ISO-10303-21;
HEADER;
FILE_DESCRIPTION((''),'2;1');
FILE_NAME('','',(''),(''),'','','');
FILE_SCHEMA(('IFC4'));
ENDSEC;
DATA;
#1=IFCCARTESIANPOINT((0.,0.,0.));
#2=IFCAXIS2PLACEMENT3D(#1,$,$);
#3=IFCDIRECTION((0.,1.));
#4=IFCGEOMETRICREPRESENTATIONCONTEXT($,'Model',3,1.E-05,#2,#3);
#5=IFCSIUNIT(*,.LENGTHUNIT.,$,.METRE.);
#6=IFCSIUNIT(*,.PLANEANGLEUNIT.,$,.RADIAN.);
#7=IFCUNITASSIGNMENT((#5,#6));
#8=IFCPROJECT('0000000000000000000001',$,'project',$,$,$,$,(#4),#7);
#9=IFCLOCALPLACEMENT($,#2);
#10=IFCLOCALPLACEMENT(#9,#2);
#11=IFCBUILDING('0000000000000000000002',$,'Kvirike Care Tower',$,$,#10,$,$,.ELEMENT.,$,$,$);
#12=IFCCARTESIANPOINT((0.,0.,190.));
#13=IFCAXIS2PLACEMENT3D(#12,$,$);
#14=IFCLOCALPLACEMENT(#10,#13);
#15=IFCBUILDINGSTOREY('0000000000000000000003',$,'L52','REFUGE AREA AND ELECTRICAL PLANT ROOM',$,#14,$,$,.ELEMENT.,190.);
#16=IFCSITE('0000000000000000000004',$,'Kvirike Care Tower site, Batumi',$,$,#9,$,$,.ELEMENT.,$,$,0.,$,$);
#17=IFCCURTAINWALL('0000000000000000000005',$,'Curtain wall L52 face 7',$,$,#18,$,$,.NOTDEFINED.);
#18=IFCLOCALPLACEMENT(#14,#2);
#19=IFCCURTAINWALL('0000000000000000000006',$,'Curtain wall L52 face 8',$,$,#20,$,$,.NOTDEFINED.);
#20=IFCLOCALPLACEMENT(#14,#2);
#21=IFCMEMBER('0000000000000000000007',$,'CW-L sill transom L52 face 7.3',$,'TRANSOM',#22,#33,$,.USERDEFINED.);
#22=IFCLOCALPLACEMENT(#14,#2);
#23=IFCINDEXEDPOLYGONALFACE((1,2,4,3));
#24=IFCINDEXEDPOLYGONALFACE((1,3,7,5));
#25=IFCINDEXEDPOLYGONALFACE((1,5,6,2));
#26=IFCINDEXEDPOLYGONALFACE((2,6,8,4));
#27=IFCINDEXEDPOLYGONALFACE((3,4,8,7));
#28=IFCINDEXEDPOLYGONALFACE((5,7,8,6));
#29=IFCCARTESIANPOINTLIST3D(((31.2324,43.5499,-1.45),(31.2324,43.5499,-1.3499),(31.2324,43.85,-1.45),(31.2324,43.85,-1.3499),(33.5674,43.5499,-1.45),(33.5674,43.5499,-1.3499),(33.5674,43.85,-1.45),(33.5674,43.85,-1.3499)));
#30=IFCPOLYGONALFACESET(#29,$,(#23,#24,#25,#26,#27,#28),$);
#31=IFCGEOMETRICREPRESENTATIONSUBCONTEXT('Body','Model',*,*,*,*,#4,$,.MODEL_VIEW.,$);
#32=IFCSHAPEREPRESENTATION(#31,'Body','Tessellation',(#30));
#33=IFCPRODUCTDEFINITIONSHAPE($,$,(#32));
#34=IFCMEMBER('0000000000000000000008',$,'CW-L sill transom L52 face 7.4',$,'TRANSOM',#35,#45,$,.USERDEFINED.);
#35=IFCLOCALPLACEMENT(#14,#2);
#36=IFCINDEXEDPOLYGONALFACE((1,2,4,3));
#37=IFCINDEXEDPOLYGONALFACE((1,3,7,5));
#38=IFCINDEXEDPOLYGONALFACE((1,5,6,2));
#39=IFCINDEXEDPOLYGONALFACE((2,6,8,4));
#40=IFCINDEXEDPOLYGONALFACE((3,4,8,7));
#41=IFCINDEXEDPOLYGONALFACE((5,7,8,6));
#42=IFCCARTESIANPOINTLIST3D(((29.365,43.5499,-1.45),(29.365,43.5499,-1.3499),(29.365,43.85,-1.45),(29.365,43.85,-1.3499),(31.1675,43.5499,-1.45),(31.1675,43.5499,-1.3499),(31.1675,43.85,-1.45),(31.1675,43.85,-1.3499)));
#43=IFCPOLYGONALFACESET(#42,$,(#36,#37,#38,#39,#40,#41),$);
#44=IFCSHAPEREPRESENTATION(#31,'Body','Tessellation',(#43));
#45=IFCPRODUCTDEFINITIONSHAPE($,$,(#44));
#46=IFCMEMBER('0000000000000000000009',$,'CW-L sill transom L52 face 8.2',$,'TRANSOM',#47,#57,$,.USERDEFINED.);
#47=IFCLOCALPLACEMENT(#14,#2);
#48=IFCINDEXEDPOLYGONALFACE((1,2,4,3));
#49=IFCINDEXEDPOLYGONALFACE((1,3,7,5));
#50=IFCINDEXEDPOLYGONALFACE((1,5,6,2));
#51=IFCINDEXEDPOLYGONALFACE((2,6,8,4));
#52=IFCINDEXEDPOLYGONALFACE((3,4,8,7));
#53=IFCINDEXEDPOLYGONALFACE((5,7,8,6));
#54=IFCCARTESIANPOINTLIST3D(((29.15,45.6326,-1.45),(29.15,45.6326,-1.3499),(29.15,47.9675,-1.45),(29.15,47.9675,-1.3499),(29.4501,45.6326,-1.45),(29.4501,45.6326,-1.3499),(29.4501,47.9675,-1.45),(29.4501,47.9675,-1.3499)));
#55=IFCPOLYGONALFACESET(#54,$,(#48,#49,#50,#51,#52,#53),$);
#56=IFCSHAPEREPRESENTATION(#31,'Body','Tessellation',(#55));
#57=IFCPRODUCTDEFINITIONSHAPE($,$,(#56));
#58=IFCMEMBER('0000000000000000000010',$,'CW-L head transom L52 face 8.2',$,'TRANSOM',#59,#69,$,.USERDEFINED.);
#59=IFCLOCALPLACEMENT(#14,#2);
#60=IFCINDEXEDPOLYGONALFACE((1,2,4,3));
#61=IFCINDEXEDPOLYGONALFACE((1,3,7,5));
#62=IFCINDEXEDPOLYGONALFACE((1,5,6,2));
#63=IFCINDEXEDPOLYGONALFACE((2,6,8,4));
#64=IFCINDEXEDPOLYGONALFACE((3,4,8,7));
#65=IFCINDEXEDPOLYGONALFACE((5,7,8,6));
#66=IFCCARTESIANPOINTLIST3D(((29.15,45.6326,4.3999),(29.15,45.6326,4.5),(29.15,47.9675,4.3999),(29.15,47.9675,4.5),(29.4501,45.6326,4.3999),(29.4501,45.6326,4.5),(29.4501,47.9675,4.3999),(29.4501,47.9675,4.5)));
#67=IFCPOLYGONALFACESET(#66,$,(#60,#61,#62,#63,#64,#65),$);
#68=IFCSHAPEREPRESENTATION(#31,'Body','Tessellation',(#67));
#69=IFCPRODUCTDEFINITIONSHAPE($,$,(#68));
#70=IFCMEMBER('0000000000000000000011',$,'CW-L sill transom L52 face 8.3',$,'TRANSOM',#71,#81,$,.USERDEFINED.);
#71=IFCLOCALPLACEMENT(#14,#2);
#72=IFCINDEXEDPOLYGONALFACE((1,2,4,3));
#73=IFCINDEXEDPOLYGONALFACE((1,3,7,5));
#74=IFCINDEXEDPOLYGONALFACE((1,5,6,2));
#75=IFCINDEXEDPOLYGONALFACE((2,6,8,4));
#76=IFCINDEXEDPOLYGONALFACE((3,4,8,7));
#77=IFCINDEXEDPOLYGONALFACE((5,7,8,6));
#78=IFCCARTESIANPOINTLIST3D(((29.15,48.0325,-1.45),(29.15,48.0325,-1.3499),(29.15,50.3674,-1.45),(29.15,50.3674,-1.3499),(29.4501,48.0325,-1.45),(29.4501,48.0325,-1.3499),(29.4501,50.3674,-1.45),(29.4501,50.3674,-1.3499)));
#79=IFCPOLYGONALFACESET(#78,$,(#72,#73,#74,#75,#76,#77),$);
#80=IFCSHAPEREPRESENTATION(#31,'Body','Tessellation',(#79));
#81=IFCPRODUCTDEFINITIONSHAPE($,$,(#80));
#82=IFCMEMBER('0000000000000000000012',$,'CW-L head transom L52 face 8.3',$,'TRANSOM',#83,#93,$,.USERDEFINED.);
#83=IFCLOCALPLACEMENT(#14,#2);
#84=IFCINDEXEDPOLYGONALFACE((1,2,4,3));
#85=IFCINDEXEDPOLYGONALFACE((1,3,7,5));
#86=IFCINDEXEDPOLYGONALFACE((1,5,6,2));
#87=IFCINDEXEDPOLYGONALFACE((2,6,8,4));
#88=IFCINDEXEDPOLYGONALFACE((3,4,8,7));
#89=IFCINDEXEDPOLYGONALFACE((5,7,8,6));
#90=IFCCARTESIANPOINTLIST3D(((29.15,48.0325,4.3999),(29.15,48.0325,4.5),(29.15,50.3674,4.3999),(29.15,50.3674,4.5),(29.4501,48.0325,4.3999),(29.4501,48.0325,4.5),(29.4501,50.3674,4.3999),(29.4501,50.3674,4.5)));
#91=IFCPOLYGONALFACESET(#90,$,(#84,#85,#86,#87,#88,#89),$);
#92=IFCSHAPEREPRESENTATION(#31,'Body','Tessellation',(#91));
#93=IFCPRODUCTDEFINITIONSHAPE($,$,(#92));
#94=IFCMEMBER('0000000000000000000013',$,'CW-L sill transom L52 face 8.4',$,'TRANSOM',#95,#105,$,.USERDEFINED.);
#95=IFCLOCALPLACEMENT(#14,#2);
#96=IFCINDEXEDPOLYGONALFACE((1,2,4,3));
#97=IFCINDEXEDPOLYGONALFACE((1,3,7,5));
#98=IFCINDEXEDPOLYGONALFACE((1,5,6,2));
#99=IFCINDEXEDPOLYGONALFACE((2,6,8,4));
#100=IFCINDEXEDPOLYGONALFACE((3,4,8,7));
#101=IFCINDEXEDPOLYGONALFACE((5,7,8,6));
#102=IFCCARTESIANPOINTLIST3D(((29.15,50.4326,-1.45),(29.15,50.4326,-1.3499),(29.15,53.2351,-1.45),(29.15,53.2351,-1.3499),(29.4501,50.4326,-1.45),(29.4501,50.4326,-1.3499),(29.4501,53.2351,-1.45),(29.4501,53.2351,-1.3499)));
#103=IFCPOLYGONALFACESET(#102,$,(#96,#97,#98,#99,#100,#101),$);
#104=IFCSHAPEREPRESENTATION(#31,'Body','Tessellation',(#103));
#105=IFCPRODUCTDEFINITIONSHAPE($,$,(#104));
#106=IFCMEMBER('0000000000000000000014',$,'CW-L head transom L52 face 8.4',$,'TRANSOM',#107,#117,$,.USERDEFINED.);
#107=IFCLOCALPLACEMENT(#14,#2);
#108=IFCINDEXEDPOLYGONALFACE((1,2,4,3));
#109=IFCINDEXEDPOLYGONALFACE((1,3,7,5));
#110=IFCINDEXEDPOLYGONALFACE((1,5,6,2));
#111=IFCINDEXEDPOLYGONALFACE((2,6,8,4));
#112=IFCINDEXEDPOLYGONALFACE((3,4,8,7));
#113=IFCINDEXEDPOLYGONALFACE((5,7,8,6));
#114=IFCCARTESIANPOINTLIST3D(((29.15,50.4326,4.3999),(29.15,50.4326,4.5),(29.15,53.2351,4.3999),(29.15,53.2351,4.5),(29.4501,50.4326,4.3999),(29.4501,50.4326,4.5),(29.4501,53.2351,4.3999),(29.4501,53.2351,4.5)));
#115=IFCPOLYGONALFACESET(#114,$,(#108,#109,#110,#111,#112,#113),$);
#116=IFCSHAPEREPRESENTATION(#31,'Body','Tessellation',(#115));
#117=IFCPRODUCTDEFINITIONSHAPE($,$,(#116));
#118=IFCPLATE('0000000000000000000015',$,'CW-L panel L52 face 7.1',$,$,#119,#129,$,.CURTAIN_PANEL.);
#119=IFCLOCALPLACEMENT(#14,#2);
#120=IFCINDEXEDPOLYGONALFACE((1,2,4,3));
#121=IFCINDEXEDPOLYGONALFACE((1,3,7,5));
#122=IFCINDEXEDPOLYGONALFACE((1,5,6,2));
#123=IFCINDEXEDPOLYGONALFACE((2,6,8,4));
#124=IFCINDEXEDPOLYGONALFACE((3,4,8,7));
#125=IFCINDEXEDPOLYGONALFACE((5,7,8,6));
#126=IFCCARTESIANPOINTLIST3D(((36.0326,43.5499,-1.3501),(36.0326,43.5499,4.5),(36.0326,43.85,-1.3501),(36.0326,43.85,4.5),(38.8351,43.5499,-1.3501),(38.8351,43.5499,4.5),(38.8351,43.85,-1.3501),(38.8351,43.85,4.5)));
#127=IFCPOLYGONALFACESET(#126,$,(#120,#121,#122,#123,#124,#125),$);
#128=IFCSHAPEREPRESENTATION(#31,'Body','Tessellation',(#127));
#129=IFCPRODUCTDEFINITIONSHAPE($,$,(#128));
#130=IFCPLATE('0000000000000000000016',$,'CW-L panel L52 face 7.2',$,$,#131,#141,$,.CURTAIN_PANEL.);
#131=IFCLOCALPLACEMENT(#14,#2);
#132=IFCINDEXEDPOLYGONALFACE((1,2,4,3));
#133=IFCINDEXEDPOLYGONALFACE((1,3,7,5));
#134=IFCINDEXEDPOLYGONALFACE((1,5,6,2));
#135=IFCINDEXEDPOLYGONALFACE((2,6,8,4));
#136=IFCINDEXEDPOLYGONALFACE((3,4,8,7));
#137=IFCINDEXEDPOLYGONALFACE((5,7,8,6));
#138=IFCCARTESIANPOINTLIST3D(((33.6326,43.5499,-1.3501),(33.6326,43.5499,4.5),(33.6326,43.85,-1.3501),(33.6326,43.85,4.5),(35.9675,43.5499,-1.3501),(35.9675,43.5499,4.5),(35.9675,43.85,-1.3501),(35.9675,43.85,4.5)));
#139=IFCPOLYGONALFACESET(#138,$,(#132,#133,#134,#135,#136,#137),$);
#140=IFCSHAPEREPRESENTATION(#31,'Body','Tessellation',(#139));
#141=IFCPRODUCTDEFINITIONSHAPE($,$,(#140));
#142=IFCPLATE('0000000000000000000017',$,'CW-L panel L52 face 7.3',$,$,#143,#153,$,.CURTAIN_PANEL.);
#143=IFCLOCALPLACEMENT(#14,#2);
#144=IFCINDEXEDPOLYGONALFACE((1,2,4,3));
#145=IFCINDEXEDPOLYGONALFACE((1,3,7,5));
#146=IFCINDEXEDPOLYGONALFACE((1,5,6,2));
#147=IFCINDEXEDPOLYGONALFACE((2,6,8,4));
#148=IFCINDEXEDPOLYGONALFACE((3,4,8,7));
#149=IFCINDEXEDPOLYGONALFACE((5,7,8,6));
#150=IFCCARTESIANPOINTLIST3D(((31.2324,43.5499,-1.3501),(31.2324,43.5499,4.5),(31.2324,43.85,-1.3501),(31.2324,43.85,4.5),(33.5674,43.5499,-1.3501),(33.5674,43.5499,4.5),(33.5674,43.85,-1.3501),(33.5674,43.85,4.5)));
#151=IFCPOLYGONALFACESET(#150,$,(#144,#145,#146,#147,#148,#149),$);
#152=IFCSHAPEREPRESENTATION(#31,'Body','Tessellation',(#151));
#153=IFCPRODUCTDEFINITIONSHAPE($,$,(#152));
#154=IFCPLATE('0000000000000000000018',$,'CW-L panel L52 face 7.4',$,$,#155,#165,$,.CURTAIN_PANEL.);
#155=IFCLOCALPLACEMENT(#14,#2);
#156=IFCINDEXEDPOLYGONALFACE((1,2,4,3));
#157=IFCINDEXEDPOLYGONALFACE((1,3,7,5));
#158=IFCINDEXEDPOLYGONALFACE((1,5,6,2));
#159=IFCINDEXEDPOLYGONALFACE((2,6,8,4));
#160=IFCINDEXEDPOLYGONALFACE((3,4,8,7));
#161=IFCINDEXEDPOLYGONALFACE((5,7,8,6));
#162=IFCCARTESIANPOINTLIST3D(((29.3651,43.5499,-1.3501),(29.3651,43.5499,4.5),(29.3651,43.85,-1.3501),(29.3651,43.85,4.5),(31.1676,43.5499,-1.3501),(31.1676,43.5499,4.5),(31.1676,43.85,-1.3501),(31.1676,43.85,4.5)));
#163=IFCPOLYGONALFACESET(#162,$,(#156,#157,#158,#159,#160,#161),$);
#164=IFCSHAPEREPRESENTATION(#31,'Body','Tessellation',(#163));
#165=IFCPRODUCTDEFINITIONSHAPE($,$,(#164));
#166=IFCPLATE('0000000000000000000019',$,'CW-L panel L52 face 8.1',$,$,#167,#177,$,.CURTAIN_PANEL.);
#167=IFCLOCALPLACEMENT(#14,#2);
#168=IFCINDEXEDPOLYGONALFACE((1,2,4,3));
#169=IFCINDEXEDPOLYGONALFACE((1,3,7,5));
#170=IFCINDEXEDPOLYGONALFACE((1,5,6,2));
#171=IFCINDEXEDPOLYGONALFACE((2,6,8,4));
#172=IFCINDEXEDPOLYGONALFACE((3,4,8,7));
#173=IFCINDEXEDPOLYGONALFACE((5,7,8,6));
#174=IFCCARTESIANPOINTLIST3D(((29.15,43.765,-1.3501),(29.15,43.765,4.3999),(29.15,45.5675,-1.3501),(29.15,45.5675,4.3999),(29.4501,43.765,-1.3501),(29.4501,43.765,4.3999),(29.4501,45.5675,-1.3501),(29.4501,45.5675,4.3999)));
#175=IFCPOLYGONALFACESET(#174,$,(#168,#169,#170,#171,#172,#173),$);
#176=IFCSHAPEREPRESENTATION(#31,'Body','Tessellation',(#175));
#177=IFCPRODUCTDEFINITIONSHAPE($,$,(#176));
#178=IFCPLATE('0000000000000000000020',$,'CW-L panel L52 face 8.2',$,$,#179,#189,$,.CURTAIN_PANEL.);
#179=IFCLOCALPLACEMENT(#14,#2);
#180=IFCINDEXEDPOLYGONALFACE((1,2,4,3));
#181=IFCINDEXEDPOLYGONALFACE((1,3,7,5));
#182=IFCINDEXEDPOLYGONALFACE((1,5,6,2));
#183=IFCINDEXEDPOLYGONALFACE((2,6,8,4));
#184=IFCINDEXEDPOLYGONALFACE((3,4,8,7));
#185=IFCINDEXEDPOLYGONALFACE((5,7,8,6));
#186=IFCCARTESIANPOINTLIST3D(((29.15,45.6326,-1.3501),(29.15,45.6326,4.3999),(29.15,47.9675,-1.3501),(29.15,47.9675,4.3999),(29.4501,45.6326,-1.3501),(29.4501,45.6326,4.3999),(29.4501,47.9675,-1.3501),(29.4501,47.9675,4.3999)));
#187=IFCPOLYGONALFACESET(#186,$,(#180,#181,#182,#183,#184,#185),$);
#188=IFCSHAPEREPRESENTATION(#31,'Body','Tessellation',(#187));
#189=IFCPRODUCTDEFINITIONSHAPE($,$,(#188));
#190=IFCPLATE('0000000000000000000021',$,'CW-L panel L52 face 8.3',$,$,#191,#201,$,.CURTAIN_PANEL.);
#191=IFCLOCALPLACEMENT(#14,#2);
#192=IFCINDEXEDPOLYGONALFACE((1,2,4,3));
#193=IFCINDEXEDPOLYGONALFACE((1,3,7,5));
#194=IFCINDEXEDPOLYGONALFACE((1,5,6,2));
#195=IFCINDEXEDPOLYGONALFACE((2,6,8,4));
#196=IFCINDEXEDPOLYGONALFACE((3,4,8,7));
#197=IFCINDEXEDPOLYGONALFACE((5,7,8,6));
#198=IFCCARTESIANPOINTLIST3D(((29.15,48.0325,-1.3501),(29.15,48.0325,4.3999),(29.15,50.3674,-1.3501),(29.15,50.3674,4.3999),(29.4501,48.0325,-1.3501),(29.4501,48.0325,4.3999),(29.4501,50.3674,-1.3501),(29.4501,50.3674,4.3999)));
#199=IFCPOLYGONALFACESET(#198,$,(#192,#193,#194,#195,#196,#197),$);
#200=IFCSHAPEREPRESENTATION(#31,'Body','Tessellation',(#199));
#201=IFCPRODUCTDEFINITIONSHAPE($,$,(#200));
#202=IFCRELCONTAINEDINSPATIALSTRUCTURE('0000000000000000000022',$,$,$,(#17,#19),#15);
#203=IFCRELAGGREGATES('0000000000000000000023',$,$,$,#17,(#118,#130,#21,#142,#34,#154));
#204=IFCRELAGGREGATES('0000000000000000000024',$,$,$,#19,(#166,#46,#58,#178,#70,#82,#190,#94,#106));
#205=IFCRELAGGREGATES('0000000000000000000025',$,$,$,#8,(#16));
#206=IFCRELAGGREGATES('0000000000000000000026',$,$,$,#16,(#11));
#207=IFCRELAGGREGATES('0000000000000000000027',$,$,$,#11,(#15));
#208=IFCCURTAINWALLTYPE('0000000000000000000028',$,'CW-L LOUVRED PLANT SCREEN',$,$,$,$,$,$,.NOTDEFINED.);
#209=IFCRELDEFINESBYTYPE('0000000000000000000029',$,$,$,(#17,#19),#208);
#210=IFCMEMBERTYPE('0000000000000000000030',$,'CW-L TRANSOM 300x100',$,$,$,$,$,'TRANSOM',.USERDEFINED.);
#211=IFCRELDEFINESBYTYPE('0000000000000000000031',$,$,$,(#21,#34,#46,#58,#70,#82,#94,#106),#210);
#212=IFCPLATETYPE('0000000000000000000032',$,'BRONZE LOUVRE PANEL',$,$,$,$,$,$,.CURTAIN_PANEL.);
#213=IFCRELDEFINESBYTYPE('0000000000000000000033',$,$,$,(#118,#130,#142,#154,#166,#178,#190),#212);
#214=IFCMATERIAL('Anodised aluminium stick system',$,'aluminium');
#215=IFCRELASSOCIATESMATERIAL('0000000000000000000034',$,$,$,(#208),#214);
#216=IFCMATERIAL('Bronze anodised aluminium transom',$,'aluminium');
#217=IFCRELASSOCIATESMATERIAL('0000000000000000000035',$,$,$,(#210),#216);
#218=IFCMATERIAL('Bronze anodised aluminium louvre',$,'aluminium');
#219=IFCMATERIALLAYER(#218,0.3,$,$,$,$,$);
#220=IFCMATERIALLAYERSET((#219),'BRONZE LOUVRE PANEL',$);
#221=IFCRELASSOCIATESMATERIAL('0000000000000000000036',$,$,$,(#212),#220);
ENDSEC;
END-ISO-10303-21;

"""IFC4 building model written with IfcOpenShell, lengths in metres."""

from ifc_helpers import new_model, si_unit, direction, frame, origin, origin_2d, place, context, subcontext, project, spatial, rectangle, extrude, material, layer, layer_set, material_profile, profile_set, type_object, element, aggregate, save


model = new_model("IFC4")

# Units and contexts
model_context = context("Model", 3, precision=1e-05, world=origin(), true_north=direction((0.0, 1.0)))
body_context = subcontext(model_context, "Body", "Model", "MODEL_VIEW")
ifc_project = project(units=[si_unit("LENGTHUNIT", "METRE"), si_unit("PLANEANGLEUNIT", "RADIAN")], contexts=[model_context])

# Site, building, storey
site_placement = place(None, origin())
site = spatial("IfcSite", under=ifc_project, at=site_placement, Name="Kvirike Care Tower site, Batumi", CompositionType="ELEMENT", RefElevation=0.0)
building_placement = place(site_placement, origin())
building = spatial("IfcBuilding", under=site, at=building_placement, Name="Kvirike Care Tower", CompositionType="ELEMENT")
storey_placement = place(building_placement, frame((0.0, 0.0, 190.0)))
storey = spatial("IfcBuildingStorey", under=building, at=storey_placement, Name="L52", Description="REFUGE AREA AND ELECTRICAL PLANT ROOM", CompositionType="ELEMENT", Elevation=190.0)

# Curtain walls
ifc_material_1 = material(Name="Anodised aluminium stick system", Category="aluminium")
curtain_wall_type = type_object("IfcCurtainWallType", Name="CW-L LOUVRED PLANT SCREEN", PredefinedType="NOTDEFINED", material=ifc_material_1)
curtain_wall_1_placement = place(storey_placement, origin())
curtain_wall_1 = element("IfcCurtainWall", 1, at=curtain_wall_1_placement, inside=storey, type_object=curtain_wall_type, Name="Curtain wall L52 face 7", PredefinedType="NOTDEFINED")
curtain_wall_2_placement = place(storey_placement, origin())
curtain_wall_2 = element("IfcCurtainWall", 2, at=curtain_wall_2_placement, inside=storey, type_object=curtain_wall_type, Name="Curtain wall L52 face 8", PredefinedType="NOTDEFINED")

# Members
ifc_material_2 = material(Name="Bronze anodised aluminium transom", Category="aluminium")
ifc_material_profile_1 = material_profile(ifc_material_2, rectangle(XDim=0.3, YDim=0.1001, at=origin_2d()), Name="CW-L TRANSOM 300x100")
ifc_profile_set_1 = profile_set([ifc_material_profile_1], Name="Bronze anodised aluminium transom")
member_type_1 = type_object("IfcMemberType", Name="CW-L TRANSOM 300x100", ElementType="TRANSOM", PredefinedType="USERDEFINED", material=ifc_profile_set_1)
member_1_placement = place(storey_placement, frame((33.5674, 43.7, -1.3999), z_axis=(-1.0, 0.0, 0.0), x_axis=(0.0, -1.0, 0.0)))
member_1 = element("IfcMember", 3, at=member_1_placement, type_object=member_type_1, Name="CW-L sill transom L52 face 7.3", ObjectType="TRANSOM", PredefinedType="USERDEFINED", context=body_context, shape_type="SweptSolid", body=[
    extrude(rectangle(XDim=0.3, YDim=0.1001, at=origin_2d()), origin(), (0.0, 0.0, 1.0), 2.335),
])
member_2_placement = place(storey_placement, frame((31.1675, 43.7, -1.3999), z_axis=(-1.0, 0.0, 0.0), x_axis=(0.0, -1.0, 0.0)))
member_2 = element("IfcMember", 4, at=member_2_placement, type_object=member_type_1, Name="CW-L sill transom L52 face 7.4", ObjectType="TRANSOM", PredefinedType="USERDEFINED", context=body_context, shape_type="SweptSolid", body=[
    extrude(rectangle(XDim=0.3, YDim=0.1001, at=origin_2d()), origin(), (0.0, 0.0, 1.0), 1.8025),
])
member_3_placement = place(storey_placement, frame((29.3, 45.6326, -1.3999), z_axis=(0.0, 1.0, 0.0), x_axis=(-1.0, 0.0, 0.0)))
member_3 = element("IfcMember", 5, at=member_3_placement, type_object=member_type_1, Name="CW-L sill transom L52 face 8.2", ObjectType="TRANSOM", PredefinedType="USERDEFINED", context=body_context, shape_type="SweptSolid", body=[
    extrude(rectangle(XDim=0.3, YDim=0.1001, at=origin_2d()), origin(), (0.0, 0.0, 1.0), 2.335),
])
member_4_placement = place(storey_placement, frame((29.3, 45.6326, 4.45), z_axis=(0.0, 1.0, 0.0), x_axis=(-1.0, 0.0, 0.0)))
member_4 = element("IfcMember", 6, at=member_4_placement, type_object=member_type_1, Name="CW-L head transom L52 face 8.2", ObjectType="TRANSOM", PredefinedType="USERDEFINED", context=body_context, shape_type="SweptSolid", body=[
    extrude(rectangle(XDim=0.3, YDim=0.1001, at=origin_2d()), origin(), (0.0, 0.0, 1.0), 2.335),
])
member_5_placement = place(storey_placement, frame((29.3, 48.0325, -1.3999), z_axis=(0.0, 1.0, 0.0), x_axis=(-1.0, 0.0, 0.0)))
member_5 = element("IfcMember", 7, at=member_5_placement, type_object=member_type_1, Name="CW-L sill transom L52 face 8.3", ObjectType="TRANSOM", PredefinedType="USERDEFINED", context=body_context, shape_type="SweptSolid", body=[
    extrude(rectangle(XDim=0.3, YDim=0.1001, at=origin_2d()), origin(), (0.0, 0.0, 1.0), 2.335),
])
member_6_placement = place(storey_placement, frame((29.3, 48.0325, 4.45), z_axis=(0.0, 1.0, 0.0), x_axis=(-1.0, 0.0, 0.0)))
member_6 = element("IfcMember", 8, at=member_6_placement, type_object=member_type_1, Name="CW-L head transom L52 face 8.3", ObjectType="TRANSOM", PredefinedType="USERDEFINED", context=body_context, shape_type="SweptSolid", body=[
    extrude(rectangle(XDim=0.3, YDim=0.1001, at=origin_2d()), origin(), (0.0, 0.0, 1.0), 2.335),
])
member_7_placement = place(storey_placement, frame((29.3, 50.4326, -1.3999), z_axis=(0.0, 1.0, 0.0), x_axis=(-1.0, 0.0, 0.0)))
member_7 = element("IfcMember", 9, at=member_7_placement, type_object=member_type_1, Name="CW-L sill transom L52 face 8.4", ObjectType="TRANSOM", PredefinedType="USERDEFINED", context=body_context, shape_type="SweptSolid", body=[
    extrude(rectangle(XDim=0.3, YDim=0.1001, at=origin_2d()), origin(), (0.0, 0.0, 1.0), 2.8025),
])
member_8_placement = place(storey_placement, frame((29.3, 50.4326, 4.45), z_axis=(0.0, 1.0, 0.0), x_axis=(-1.0, 0.0, 0.0)))
member_8 = element("IfcMember", 10, at=member_8_placement, type_object=member_type_1, Name="CW-L head transom L52 face 8.4", ObjectType="TRANSOM", PredefinedType="USERDEFINED", context=body_context, shape_type="SweptSolid", body=[
    extrude(rectangle(XDim=0.3, YDim=0.1001, at=origin_2d()), origin(), (0.0, 0.0, 1.0), 2.8025),
])

# Plates
ifc_material_3 = material(Name="Bronze anodised aluminium louvre", Category="aluminium")
ifc_layer = layer(ifc_material_3, 0.3)
ifc_layer_set = layer_set([ifc_layer], Name="BRONZE LOUVRE PANEL")
plate_type = type_object("IfcPlateType", Name="BRONZE LOUVRE PANEL", PredefinedType="CURTAIN_PANEL", material=ifc_layer_set)
plate_1_placement = place(storey_placement, frame((37.4338, 43.7, -1.3501), z_axis=(0.0, 0.0, 1.0), x_axis=(-1.0, 0.0, 0.0)))
plate_1 = element("IfcPlate", 11, at=plate_1_placement, type_object=plate_type, Name="CW-L panel L52 face 7.1", PredefinedType="CURTAIN_PANEL", context=body_context, shape_type="SweptSolid", body=[
    extrude(rectangle(XDim=2.8025, YDim=0.3, at=origin_2d()), origin(), (0.0, 0.0, 1.0), 5.8501),
])
plate_2_placement = place(storey_placement, frame((34.8, 43.7, -1.3501), z_axis=(0.0, 0.0, 1.0), x_axis=(-1.0, 0.0, 0.0)))
plate_2 = element("IfcPlate", 12, at=plate_2_placement, type_object=plate_type, Name="CW-L panel L52 face 7.2", PredefinedType="CURTAIN_PANEL", context=body_context, shape_type="SweptSolid", body=[
    extrude(rectangle(XDim=2.335, YDim=0.3, at=origin_2d()), origin(), (0.0, 0.0, 1.0), 5.8501),
])
plate_3_placement = place(storey_placement, frame((32.3999, 43.7, -1.3501), z_axis=(0.0, 0.0, 1.0), x_axis=(-1.0, 0.0, 0.0)))
plate_3 = element("IfcPlate", 13, at=plate_3_placement, type_object=plate_type, Name="CW-L panel L52 face 7.3", PredefinedType="CURTAIN_PANEL", context=body_context, shape_type="SweptSolid", body=[
    extrude(rectangle(XDim=2.335, YDim=0.3, at=origin_2d()), origin(), (0.0, 0.0, 1.0), 5.8501),
])
plate_4_placement = place(storey_placement, frame((30.2664, 43.7, -1.3501), z_axis=(0.0, 0.0, 1.0), x_axis=(-1.0, 0.0, 0.0)))
plate_4 = element("IfcPlate", 14, at=plate_4_placement, type_object=plate_type, Name="CW-L panel L52 face 7.4", PredefinedType="CURTAIN_PANEL", context=body_context, shape_type="SweptSolid", body=[
    extrude(rectangle(XDim=1.8025, YDim=0.3, at=origin_2d()), origin(), (0.0, 0.0, 1.0), 5.8501),
])
aggregate(curtain_wall_1, [plate_1, plate_2, member_1, plate_3, member_2, plate_4])
plate_5_placement = place(storey_placement, frame((29.3, 44.6663, -1.3501), z_axis=(0.0, 0.0, 1.0), x_axis=(0.0, 1.0, 0.0)))
plate_5 = element("IfcPlate", 15, at=plate_5_placement, type_object=plate_type, Name="CW-L panel L52 face 8.1", PredefinedType="CURTAIN_PANEL", context=body_context, shape_type="SweptSolid", body=[
    extrude(rectangle(XDim=1.8025, YDim=0.3, at=origin_2d()), origin(), (0.0, 0.0, 1.0), 5.75),
])
plate_6_placement = place(storey_placement, frame((29.3, 46.8, -1.3501), z_axis=(0.0, 0.0, 1.0), x_axis=(0.0, 1.0, 0.0)))
plate_6 = element("IfcPlate", 16, at=plate_6_placement, type_object=plate_type, Name="CW-L panel L52 face 8.2", PredefinedType="CURTAIN_PANEL", context=body_context, shape_type="SweptSolid", body=[
    extrude(rectangle(XDim=2.335, YDim=0.3, at=origin_2d()), origin(), (0.0, 0.0, 1.0), 5.75),
])
plate_7_placement = place(storey_placement, frame((29.3, 49.2, -1.3501), z_axis=(0.0, 0.0, 1.0), x_axis=(0.0, 1.0, 0.0)))
plate_7 = element("IfcPlate", 17, at=plate_7_placement, type_object=plate_type, Name="CW-L panel L52 face 8.3", PredefinedType="CURTAIN_PANEL", context=body_context, shape_type="SweptSolid", body=[
    extrude(rectangle(XDim=2.335, YDim=0.3, at=origin_2d()), origin(), (0.0, 0.0, 1.0), 5.75),
])
aggregate(curtain_wall_2, [plate_5, member_3, member_4, plate_6, member_5, member_6, plate_7, member_7, member_8])

save(model, "model.ifc")
